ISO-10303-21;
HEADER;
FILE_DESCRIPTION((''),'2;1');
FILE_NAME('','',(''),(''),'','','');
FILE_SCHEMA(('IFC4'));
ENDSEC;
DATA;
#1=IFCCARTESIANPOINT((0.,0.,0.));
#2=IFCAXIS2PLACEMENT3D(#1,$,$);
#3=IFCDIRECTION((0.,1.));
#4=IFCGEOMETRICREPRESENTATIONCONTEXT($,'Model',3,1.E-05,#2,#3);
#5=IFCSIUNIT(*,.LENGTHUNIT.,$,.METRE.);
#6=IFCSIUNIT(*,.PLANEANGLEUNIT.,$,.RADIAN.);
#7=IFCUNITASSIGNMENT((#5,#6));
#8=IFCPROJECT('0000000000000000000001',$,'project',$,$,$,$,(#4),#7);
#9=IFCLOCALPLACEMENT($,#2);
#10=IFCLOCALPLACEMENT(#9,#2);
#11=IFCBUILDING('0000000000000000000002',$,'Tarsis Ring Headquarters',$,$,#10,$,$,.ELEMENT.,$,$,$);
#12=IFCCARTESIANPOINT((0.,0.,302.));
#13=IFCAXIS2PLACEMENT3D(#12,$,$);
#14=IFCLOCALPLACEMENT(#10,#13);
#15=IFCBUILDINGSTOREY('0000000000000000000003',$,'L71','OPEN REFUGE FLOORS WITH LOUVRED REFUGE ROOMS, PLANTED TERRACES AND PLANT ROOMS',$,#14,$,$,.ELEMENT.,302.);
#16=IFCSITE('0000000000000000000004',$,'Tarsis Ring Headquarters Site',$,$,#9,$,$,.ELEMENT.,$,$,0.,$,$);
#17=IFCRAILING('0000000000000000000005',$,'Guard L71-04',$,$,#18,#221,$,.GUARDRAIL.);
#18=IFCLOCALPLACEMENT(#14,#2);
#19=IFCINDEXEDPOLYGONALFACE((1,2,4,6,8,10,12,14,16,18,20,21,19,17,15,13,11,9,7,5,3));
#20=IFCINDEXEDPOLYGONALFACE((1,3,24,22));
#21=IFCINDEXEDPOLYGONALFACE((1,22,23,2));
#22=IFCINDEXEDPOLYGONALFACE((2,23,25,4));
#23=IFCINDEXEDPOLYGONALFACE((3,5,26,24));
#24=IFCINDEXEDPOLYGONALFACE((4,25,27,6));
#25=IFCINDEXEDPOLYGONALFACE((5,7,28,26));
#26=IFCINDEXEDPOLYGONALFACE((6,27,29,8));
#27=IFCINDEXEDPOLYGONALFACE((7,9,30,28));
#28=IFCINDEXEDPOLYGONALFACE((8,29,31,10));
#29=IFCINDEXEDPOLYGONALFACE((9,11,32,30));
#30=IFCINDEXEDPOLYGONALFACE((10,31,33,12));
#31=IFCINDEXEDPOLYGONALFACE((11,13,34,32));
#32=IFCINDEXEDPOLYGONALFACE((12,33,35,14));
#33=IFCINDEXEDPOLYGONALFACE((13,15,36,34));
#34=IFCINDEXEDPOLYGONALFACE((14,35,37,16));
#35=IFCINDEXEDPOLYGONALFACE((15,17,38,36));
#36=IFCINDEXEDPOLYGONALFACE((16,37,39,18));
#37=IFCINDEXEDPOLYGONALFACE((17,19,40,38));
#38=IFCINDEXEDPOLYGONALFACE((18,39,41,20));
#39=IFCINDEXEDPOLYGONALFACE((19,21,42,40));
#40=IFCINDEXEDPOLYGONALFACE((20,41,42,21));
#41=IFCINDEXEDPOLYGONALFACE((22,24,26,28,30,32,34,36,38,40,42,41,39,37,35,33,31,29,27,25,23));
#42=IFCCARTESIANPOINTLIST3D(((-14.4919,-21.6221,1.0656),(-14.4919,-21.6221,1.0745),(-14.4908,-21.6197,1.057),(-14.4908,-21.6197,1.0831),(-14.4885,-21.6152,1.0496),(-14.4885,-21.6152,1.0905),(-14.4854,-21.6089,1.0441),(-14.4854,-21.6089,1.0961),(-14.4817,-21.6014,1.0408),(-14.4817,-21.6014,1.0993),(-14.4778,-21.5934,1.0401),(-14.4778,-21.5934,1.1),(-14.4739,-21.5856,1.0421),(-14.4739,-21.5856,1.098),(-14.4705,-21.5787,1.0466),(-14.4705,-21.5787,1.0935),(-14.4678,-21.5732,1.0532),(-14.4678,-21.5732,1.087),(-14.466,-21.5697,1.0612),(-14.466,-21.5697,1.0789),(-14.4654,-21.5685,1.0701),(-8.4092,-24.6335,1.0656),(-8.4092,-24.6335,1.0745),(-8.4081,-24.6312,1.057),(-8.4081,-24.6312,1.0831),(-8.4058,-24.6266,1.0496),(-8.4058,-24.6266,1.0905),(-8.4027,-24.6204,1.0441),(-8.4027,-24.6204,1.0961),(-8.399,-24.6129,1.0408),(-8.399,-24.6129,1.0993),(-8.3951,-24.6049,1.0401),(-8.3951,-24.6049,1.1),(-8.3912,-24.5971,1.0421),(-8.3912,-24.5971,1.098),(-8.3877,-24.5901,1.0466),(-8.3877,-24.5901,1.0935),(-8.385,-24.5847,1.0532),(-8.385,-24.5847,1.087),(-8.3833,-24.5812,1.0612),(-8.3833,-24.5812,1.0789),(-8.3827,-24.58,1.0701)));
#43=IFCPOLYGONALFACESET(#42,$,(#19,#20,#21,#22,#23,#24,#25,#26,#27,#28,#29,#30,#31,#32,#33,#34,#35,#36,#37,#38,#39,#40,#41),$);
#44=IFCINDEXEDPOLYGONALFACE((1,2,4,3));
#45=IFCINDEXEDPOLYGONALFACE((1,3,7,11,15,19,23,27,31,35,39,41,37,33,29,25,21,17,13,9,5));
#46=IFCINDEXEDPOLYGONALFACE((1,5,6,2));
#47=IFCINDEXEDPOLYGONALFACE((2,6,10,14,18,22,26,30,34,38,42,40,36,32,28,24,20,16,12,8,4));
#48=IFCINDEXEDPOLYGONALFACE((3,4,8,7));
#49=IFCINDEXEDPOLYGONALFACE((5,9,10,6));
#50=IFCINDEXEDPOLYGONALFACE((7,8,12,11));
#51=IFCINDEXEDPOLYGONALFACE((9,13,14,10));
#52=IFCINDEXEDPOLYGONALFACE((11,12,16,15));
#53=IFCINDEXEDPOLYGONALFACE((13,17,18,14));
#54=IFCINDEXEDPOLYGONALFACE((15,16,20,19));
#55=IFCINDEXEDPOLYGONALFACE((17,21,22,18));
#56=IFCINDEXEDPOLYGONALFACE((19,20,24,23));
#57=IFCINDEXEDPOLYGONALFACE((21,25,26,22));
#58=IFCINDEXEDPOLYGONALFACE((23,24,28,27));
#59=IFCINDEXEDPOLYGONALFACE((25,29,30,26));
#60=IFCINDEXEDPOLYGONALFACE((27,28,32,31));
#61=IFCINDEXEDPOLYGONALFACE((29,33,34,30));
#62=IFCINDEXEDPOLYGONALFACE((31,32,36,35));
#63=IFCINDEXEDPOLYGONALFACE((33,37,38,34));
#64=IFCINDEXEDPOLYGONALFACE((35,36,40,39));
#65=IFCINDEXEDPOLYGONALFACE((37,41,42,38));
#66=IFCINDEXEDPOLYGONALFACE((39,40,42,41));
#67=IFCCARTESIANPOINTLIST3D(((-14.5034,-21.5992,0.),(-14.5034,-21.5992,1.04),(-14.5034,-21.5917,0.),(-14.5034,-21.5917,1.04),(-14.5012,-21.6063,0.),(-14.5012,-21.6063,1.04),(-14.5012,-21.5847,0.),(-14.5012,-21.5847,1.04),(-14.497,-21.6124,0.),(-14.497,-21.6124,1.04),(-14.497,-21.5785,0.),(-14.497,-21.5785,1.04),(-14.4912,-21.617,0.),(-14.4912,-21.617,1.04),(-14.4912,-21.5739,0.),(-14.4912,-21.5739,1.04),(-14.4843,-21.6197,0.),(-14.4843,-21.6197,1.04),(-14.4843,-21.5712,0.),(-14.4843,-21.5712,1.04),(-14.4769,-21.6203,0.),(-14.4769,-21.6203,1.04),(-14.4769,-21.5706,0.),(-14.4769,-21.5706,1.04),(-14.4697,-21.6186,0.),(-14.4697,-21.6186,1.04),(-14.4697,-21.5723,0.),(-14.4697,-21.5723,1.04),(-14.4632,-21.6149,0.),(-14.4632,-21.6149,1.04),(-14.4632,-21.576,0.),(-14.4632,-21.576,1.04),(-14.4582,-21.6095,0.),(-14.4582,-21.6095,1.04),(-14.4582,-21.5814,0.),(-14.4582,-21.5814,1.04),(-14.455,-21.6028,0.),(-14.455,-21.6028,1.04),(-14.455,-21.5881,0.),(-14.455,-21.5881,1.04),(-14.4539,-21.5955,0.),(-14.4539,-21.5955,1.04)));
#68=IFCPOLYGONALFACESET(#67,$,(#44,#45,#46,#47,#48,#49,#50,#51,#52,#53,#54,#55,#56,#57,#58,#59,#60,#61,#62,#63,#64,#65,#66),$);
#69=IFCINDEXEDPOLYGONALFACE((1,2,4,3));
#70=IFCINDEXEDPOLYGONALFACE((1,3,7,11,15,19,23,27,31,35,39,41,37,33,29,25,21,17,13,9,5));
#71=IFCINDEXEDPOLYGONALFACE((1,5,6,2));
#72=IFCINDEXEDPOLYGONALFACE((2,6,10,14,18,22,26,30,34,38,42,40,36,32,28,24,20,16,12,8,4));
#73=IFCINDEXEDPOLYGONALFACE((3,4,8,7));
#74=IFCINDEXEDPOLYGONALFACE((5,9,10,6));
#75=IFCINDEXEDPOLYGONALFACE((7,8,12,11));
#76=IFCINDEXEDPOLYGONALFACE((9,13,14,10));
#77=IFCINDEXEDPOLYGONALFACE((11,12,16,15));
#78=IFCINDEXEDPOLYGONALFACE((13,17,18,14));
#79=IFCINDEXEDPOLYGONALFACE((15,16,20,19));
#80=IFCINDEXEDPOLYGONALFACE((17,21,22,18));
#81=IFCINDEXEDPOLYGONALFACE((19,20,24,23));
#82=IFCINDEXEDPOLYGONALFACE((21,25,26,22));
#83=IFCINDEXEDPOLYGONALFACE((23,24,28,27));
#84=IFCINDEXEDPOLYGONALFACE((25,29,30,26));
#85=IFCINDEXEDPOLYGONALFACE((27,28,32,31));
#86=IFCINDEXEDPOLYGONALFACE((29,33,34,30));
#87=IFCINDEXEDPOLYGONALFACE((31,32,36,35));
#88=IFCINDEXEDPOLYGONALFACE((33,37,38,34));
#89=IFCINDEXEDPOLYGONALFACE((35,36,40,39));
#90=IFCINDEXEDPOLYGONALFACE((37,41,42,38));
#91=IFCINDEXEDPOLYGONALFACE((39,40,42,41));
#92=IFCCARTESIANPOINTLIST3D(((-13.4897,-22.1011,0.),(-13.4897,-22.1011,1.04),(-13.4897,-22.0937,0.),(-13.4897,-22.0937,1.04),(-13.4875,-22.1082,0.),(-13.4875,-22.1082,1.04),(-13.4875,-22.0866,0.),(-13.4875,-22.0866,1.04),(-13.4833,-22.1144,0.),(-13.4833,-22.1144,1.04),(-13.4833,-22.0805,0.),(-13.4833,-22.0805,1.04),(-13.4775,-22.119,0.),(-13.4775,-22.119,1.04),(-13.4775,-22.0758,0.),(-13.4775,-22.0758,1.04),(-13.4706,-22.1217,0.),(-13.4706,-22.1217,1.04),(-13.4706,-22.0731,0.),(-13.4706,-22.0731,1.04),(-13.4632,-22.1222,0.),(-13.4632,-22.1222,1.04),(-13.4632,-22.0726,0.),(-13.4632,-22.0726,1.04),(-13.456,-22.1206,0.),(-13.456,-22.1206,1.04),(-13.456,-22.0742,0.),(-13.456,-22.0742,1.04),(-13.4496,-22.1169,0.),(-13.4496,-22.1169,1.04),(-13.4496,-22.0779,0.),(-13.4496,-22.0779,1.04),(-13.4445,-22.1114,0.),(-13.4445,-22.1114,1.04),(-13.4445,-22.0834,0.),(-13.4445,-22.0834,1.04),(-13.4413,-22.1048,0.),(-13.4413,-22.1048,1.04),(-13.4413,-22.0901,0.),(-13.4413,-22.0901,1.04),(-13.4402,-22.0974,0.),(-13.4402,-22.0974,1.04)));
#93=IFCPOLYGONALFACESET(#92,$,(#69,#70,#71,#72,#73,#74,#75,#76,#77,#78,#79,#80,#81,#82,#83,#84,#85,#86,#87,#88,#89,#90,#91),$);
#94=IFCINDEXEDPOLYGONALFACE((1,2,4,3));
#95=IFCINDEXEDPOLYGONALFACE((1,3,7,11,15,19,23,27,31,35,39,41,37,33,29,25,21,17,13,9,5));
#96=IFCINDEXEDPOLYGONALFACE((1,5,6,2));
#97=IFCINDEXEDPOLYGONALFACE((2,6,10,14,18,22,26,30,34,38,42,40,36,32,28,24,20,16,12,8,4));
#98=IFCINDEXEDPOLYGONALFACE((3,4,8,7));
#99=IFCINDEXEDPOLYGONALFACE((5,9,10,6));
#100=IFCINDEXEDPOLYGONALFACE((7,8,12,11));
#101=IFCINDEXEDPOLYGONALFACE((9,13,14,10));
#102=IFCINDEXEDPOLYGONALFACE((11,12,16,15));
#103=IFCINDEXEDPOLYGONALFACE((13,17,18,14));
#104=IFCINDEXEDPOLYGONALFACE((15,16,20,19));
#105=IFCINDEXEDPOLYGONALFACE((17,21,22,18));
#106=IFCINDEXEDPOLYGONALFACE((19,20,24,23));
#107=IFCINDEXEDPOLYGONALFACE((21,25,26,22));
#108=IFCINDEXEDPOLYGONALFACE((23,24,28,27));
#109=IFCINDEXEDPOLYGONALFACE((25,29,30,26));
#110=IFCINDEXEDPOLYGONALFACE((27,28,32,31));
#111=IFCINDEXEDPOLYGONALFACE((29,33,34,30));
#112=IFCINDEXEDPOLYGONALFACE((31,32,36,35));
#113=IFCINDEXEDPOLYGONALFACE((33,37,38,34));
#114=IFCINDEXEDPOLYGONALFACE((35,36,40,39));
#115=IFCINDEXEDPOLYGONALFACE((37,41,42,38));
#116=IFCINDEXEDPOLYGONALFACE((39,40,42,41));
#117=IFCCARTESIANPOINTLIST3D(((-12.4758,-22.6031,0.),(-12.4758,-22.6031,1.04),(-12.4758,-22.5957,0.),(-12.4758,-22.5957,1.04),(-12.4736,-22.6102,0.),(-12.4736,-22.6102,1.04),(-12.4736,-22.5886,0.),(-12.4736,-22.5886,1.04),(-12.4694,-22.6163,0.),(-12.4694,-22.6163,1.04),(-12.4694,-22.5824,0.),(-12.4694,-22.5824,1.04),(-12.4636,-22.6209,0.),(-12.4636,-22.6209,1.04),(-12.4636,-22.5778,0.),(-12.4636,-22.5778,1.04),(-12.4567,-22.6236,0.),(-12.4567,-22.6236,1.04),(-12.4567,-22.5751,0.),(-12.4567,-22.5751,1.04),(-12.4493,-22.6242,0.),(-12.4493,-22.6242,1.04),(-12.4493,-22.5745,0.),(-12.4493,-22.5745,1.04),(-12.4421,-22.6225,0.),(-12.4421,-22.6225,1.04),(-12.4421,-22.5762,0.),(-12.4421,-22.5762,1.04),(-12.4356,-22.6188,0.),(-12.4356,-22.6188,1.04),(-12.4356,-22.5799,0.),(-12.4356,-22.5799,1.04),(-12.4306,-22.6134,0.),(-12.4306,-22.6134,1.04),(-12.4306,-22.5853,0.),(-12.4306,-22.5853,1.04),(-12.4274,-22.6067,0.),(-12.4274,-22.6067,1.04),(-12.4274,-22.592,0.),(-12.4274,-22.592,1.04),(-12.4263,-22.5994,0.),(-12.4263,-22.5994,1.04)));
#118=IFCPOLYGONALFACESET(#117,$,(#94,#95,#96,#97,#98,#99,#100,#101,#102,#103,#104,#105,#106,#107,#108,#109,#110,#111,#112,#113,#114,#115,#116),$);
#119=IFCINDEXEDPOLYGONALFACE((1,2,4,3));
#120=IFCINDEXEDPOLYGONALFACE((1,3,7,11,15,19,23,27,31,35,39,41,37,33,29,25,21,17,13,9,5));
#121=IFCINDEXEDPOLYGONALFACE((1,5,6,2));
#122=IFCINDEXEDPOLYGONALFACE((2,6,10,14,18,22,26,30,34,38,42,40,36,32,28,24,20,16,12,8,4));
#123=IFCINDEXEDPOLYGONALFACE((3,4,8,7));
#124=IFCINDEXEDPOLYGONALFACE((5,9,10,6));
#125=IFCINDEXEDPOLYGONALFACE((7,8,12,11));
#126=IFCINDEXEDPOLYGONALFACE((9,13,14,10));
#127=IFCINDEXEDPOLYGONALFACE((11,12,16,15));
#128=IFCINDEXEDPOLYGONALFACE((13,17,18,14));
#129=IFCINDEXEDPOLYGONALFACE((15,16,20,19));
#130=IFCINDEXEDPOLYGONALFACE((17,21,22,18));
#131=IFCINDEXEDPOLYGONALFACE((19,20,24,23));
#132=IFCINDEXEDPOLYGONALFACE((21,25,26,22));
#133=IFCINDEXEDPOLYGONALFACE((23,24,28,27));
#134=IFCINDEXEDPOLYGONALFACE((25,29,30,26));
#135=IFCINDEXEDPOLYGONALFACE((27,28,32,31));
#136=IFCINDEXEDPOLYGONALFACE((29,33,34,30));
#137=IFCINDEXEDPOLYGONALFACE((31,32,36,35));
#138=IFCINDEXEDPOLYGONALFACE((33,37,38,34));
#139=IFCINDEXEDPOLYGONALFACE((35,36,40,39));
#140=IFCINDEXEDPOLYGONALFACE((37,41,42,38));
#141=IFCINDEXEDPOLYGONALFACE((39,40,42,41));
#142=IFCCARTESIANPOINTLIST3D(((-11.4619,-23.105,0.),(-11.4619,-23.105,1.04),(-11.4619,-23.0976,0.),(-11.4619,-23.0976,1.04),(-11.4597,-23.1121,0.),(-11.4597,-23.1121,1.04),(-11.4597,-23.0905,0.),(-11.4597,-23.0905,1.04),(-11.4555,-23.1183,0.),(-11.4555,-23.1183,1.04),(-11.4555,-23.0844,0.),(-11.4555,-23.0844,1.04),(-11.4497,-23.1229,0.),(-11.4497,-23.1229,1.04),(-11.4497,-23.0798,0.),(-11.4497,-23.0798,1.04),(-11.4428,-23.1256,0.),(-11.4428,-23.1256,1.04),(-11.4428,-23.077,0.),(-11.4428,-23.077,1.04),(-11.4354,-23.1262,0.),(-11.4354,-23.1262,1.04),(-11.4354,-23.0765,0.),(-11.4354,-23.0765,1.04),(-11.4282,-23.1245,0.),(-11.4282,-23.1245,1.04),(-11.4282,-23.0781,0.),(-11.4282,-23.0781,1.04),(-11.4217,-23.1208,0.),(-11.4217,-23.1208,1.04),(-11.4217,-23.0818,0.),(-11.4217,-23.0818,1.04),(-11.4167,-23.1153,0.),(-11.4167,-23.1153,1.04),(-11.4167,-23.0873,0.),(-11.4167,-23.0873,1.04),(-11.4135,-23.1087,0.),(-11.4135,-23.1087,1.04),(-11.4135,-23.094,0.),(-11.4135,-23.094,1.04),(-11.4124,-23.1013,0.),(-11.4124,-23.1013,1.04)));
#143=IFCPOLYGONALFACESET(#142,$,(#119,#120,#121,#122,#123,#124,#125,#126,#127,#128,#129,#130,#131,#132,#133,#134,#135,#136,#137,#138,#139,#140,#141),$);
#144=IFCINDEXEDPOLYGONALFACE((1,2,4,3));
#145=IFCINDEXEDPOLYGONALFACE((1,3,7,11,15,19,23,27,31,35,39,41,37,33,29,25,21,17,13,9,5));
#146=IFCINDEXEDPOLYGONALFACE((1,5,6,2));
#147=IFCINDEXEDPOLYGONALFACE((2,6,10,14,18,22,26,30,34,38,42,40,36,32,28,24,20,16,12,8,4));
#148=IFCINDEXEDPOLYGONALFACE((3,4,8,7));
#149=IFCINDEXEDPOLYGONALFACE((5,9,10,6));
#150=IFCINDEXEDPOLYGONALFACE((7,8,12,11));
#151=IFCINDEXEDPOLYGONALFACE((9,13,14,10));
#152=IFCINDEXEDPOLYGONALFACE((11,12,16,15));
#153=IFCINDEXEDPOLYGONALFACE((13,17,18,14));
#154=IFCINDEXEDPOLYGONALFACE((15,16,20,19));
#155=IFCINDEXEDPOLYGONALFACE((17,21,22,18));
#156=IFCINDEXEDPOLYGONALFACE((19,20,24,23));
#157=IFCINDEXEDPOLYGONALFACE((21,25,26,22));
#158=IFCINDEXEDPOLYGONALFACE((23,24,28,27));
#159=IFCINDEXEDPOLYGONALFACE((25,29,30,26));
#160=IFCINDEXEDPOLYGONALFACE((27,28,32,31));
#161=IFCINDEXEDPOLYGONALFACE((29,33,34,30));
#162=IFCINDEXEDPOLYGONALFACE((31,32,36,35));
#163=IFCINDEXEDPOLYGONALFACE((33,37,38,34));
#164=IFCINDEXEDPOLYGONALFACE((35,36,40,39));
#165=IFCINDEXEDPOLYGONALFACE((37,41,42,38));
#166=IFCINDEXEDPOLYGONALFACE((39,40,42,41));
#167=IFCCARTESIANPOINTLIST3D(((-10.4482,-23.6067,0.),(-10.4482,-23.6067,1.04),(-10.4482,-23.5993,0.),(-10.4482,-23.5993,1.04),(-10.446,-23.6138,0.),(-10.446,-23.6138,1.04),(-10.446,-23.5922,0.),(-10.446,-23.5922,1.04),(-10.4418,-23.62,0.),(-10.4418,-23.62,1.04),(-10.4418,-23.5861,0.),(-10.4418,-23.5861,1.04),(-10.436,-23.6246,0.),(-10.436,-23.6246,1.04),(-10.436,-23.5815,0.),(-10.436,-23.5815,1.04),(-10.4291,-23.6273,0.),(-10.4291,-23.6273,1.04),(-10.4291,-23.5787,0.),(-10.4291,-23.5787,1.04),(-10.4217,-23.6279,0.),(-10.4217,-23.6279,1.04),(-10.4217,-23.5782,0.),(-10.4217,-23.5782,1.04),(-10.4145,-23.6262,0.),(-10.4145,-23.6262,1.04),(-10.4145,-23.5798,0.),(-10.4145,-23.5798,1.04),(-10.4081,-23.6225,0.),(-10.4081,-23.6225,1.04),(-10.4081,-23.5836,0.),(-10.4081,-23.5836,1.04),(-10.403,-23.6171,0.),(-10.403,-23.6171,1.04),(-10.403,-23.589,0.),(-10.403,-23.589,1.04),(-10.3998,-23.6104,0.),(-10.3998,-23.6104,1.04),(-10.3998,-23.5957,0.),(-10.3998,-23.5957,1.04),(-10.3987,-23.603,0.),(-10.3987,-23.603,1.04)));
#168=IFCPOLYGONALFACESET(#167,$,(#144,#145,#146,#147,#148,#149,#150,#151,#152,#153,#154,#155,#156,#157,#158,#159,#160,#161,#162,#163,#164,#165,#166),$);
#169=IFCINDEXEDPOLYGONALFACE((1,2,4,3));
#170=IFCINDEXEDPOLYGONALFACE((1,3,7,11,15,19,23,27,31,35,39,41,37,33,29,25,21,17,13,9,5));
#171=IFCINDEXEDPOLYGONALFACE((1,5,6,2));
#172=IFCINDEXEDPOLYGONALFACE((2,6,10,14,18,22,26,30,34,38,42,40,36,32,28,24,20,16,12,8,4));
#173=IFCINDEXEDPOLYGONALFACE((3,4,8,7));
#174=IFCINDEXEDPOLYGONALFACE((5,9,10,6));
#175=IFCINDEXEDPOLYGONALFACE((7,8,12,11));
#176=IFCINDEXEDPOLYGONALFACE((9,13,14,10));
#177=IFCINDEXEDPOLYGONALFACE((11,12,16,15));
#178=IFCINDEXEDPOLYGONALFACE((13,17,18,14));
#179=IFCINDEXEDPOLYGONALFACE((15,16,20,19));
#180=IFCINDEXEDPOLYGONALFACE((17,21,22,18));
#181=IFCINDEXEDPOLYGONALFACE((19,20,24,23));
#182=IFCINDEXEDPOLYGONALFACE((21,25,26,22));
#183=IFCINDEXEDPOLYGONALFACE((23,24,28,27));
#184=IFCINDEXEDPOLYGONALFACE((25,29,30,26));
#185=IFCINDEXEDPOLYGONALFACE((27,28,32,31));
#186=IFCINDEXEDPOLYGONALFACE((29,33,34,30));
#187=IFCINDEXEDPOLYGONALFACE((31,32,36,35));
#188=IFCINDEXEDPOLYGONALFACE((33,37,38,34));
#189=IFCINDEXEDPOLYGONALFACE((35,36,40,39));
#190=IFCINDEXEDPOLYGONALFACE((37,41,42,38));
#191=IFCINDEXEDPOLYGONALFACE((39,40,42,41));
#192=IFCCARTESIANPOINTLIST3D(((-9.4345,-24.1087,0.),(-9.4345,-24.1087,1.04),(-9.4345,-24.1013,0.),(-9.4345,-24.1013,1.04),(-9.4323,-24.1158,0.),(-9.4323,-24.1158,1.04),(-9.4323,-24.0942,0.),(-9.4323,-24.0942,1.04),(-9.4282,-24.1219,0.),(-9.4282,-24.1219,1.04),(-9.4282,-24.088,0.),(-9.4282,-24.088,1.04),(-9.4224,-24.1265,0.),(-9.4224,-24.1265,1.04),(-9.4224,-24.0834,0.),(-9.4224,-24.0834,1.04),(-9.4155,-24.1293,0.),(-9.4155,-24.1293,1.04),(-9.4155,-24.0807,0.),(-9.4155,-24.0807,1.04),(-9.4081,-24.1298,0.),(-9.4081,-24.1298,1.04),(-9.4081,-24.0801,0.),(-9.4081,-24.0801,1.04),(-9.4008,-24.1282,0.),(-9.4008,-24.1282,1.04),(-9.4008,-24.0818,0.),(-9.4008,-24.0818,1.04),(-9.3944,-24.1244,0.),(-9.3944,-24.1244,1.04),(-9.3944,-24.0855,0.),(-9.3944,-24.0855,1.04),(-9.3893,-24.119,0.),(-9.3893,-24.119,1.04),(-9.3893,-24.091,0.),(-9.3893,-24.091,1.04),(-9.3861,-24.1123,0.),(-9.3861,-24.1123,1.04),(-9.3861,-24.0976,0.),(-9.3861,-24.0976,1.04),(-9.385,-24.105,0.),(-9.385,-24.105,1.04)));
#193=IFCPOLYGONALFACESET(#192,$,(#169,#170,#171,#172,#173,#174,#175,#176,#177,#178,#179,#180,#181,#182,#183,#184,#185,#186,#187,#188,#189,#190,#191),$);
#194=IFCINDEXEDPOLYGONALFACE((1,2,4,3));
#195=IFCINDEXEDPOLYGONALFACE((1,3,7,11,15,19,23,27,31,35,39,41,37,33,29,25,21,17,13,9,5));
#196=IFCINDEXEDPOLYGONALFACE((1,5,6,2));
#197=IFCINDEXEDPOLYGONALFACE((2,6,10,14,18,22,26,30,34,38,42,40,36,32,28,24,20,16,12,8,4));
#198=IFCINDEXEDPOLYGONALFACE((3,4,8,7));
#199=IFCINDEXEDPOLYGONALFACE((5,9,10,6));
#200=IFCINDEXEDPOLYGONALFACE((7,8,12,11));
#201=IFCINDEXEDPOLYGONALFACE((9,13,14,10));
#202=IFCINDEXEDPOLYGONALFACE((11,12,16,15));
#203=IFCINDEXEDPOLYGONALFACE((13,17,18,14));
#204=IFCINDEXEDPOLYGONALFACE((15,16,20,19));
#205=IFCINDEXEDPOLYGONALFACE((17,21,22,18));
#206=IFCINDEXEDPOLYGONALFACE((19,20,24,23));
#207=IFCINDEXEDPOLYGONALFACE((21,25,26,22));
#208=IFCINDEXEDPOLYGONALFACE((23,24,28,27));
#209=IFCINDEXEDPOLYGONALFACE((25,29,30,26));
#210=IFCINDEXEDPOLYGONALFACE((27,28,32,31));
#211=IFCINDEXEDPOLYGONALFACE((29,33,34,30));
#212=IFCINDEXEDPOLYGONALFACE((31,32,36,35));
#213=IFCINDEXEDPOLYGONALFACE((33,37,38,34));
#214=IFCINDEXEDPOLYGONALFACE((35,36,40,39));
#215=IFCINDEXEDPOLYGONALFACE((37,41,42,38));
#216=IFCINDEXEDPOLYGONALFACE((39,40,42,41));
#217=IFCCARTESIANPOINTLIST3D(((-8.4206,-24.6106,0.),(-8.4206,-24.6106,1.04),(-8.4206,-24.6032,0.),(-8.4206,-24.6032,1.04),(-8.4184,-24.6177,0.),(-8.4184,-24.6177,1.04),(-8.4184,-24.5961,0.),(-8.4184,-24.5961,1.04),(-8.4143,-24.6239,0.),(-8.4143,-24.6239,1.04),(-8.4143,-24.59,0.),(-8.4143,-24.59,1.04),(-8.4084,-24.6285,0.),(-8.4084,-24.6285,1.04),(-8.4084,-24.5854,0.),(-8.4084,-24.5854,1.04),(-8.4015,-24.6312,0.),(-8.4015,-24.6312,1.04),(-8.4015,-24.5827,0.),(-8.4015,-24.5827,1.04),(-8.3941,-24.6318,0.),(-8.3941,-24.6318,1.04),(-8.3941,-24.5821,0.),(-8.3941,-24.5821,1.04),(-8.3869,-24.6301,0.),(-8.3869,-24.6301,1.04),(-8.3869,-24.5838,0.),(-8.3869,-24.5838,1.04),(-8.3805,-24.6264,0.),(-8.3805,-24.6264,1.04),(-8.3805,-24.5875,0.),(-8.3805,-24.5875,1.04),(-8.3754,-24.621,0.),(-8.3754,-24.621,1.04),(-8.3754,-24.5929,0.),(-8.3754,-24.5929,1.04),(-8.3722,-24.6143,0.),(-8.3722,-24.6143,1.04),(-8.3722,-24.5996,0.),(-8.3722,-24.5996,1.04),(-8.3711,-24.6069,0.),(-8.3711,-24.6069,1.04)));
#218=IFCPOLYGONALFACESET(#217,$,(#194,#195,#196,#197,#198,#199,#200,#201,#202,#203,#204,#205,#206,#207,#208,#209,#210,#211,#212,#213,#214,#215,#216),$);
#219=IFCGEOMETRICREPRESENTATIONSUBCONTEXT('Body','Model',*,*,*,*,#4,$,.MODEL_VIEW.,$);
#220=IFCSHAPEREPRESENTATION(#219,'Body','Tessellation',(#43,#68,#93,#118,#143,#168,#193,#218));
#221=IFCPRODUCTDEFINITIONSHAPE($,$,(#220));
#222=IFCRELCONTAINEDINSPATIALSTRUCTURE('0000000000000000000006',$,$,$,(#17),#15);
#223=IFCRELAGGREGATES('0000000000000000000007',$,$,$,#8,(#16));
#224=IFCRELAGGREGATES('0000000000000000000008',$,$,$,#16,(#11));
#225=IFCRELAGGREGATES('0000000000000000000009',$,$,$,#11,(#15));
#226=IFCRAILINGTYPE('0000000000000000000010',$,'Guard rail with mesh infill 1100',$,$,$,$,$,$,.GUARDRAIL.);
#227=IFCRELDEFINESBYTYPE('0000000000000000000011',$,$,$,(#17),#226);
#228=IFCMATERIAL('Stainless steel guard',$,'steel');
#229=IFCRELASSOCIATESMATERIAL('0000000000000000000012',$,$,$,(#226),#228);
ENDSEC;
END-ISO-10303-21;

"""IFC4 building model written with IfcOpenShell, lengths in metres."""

from ifc_helpers import new_model, si_unit, direction, frame, origin, origin_2d, place, context, subcontext, project, spatial, circle, extrude, material, type_object, element, save


model = new_model("IFC4")

# Units and contexts
model_context = context("Model", 3, precision=1e-05, world=origin(), true_north=direction((0.0, 1.0)))
body_context = subcontext(model_context, "Body", "Model", "MODEL_VIEW")
ifc_project = project(units=[si_unit("LENGTHUNIT", "METRE"), si_unit("PLANEANGLEUNIT", "RADIAN")], contexts=[model_context])

# Site, building, storey
site_placement = place(None, origin())
site = spatial("IfcSite", under=ifc_project, at=site_placement, Name="Tarsis Ring Headquarters Site", CompositionType="ELEMENT", RefElevation=0.0)
building_placement = place(site_placement, origin())
building = spatial("IfcBuilding", under=site, at=building_placement, Name="Tarsis Ring Headquarters", CompositionType="ELEMENT")
storey_placement = place(building_placement, frame((0.0, 0.0, 302.0)))
storey = spatial("IfcBuildingStorey", under=building, at=storey_placement, Name="L71", Description="OPEN REFUGE FLOORS WITH LOUVRED REFUGE ROOMS, PLANTED TERRACES AND PLANT ROOMS", CompositionType="ELEMENT", Elevation=302.0)

# Railing
ifc_material_1 = material(Name="Stainless steel guard", Category="steel")
railing_type_1 = type_object("IfcRailingType", Name="Guard rail with mesh infill 1100", PredefinedType="GUARDRAIL", material=ifc_material_1)
railing_1_placement = place(storey_placement, frame((-14.4788, -21.5955, 0.0)))
element("IfcRailing", 1, at=railing_1_placement, inside=storey, type_object=railing_type_1, Name="Guard L71-04", PredefinedType="GUARDRAIL", context=body_context, shape_type="SweptSolid", body=[
    extrude(circle(Radius=0.03, at=origin_2d()), frame((0.0, 0.0, 1.0701), z_axis=(0.896183, -0.443685, 0.0), x_axis=(0.443685, 0.896183, 0.0)), (0.0, 0.0, 1.0), 6.7874),
    extrude(circle(Radius=0.0249, at=origin_2d()), origin(), (0.0, 0.0, 1.0), 1.04),
    extrude(circle(Radius=0.0249, at=origin_2d()), frame((1.0137, -0.502, 0.0)), (0.0, 0.0, 1.0), 1.04),
    extrude(circle(Radius=0.0249, at=origin_2d()), frame((2.0276, -1.0039, 0.0)), (0.0, 0.0, 1.0), 1.04),
    extrude(circle(Radius=0.0249, at=origin_2d()), frame((3.0415, -1.5059, 0.0)), (0.0, 0.0, 1.0), 1.04),
    extrude(circle(Radius=0.0249, at=origin_2d()), frame((4.0552, -2.0076, 0.0)), (0.0, 0.0, 1.0), 1.04),
    extrude(circle(Radius=0.0249, at=origin_2d()), frame((5.0688, -2.5095, 0.0)), (0.0, 0.0, 1.0), 1.04),
    extrude(circle(Radius=0.0249, at=origin_2d()), frame((6.0828, -3.0115, 0.0)), (0.0, 0.0, 1.0), 1.04),
])

save(model, "model.ifc")
